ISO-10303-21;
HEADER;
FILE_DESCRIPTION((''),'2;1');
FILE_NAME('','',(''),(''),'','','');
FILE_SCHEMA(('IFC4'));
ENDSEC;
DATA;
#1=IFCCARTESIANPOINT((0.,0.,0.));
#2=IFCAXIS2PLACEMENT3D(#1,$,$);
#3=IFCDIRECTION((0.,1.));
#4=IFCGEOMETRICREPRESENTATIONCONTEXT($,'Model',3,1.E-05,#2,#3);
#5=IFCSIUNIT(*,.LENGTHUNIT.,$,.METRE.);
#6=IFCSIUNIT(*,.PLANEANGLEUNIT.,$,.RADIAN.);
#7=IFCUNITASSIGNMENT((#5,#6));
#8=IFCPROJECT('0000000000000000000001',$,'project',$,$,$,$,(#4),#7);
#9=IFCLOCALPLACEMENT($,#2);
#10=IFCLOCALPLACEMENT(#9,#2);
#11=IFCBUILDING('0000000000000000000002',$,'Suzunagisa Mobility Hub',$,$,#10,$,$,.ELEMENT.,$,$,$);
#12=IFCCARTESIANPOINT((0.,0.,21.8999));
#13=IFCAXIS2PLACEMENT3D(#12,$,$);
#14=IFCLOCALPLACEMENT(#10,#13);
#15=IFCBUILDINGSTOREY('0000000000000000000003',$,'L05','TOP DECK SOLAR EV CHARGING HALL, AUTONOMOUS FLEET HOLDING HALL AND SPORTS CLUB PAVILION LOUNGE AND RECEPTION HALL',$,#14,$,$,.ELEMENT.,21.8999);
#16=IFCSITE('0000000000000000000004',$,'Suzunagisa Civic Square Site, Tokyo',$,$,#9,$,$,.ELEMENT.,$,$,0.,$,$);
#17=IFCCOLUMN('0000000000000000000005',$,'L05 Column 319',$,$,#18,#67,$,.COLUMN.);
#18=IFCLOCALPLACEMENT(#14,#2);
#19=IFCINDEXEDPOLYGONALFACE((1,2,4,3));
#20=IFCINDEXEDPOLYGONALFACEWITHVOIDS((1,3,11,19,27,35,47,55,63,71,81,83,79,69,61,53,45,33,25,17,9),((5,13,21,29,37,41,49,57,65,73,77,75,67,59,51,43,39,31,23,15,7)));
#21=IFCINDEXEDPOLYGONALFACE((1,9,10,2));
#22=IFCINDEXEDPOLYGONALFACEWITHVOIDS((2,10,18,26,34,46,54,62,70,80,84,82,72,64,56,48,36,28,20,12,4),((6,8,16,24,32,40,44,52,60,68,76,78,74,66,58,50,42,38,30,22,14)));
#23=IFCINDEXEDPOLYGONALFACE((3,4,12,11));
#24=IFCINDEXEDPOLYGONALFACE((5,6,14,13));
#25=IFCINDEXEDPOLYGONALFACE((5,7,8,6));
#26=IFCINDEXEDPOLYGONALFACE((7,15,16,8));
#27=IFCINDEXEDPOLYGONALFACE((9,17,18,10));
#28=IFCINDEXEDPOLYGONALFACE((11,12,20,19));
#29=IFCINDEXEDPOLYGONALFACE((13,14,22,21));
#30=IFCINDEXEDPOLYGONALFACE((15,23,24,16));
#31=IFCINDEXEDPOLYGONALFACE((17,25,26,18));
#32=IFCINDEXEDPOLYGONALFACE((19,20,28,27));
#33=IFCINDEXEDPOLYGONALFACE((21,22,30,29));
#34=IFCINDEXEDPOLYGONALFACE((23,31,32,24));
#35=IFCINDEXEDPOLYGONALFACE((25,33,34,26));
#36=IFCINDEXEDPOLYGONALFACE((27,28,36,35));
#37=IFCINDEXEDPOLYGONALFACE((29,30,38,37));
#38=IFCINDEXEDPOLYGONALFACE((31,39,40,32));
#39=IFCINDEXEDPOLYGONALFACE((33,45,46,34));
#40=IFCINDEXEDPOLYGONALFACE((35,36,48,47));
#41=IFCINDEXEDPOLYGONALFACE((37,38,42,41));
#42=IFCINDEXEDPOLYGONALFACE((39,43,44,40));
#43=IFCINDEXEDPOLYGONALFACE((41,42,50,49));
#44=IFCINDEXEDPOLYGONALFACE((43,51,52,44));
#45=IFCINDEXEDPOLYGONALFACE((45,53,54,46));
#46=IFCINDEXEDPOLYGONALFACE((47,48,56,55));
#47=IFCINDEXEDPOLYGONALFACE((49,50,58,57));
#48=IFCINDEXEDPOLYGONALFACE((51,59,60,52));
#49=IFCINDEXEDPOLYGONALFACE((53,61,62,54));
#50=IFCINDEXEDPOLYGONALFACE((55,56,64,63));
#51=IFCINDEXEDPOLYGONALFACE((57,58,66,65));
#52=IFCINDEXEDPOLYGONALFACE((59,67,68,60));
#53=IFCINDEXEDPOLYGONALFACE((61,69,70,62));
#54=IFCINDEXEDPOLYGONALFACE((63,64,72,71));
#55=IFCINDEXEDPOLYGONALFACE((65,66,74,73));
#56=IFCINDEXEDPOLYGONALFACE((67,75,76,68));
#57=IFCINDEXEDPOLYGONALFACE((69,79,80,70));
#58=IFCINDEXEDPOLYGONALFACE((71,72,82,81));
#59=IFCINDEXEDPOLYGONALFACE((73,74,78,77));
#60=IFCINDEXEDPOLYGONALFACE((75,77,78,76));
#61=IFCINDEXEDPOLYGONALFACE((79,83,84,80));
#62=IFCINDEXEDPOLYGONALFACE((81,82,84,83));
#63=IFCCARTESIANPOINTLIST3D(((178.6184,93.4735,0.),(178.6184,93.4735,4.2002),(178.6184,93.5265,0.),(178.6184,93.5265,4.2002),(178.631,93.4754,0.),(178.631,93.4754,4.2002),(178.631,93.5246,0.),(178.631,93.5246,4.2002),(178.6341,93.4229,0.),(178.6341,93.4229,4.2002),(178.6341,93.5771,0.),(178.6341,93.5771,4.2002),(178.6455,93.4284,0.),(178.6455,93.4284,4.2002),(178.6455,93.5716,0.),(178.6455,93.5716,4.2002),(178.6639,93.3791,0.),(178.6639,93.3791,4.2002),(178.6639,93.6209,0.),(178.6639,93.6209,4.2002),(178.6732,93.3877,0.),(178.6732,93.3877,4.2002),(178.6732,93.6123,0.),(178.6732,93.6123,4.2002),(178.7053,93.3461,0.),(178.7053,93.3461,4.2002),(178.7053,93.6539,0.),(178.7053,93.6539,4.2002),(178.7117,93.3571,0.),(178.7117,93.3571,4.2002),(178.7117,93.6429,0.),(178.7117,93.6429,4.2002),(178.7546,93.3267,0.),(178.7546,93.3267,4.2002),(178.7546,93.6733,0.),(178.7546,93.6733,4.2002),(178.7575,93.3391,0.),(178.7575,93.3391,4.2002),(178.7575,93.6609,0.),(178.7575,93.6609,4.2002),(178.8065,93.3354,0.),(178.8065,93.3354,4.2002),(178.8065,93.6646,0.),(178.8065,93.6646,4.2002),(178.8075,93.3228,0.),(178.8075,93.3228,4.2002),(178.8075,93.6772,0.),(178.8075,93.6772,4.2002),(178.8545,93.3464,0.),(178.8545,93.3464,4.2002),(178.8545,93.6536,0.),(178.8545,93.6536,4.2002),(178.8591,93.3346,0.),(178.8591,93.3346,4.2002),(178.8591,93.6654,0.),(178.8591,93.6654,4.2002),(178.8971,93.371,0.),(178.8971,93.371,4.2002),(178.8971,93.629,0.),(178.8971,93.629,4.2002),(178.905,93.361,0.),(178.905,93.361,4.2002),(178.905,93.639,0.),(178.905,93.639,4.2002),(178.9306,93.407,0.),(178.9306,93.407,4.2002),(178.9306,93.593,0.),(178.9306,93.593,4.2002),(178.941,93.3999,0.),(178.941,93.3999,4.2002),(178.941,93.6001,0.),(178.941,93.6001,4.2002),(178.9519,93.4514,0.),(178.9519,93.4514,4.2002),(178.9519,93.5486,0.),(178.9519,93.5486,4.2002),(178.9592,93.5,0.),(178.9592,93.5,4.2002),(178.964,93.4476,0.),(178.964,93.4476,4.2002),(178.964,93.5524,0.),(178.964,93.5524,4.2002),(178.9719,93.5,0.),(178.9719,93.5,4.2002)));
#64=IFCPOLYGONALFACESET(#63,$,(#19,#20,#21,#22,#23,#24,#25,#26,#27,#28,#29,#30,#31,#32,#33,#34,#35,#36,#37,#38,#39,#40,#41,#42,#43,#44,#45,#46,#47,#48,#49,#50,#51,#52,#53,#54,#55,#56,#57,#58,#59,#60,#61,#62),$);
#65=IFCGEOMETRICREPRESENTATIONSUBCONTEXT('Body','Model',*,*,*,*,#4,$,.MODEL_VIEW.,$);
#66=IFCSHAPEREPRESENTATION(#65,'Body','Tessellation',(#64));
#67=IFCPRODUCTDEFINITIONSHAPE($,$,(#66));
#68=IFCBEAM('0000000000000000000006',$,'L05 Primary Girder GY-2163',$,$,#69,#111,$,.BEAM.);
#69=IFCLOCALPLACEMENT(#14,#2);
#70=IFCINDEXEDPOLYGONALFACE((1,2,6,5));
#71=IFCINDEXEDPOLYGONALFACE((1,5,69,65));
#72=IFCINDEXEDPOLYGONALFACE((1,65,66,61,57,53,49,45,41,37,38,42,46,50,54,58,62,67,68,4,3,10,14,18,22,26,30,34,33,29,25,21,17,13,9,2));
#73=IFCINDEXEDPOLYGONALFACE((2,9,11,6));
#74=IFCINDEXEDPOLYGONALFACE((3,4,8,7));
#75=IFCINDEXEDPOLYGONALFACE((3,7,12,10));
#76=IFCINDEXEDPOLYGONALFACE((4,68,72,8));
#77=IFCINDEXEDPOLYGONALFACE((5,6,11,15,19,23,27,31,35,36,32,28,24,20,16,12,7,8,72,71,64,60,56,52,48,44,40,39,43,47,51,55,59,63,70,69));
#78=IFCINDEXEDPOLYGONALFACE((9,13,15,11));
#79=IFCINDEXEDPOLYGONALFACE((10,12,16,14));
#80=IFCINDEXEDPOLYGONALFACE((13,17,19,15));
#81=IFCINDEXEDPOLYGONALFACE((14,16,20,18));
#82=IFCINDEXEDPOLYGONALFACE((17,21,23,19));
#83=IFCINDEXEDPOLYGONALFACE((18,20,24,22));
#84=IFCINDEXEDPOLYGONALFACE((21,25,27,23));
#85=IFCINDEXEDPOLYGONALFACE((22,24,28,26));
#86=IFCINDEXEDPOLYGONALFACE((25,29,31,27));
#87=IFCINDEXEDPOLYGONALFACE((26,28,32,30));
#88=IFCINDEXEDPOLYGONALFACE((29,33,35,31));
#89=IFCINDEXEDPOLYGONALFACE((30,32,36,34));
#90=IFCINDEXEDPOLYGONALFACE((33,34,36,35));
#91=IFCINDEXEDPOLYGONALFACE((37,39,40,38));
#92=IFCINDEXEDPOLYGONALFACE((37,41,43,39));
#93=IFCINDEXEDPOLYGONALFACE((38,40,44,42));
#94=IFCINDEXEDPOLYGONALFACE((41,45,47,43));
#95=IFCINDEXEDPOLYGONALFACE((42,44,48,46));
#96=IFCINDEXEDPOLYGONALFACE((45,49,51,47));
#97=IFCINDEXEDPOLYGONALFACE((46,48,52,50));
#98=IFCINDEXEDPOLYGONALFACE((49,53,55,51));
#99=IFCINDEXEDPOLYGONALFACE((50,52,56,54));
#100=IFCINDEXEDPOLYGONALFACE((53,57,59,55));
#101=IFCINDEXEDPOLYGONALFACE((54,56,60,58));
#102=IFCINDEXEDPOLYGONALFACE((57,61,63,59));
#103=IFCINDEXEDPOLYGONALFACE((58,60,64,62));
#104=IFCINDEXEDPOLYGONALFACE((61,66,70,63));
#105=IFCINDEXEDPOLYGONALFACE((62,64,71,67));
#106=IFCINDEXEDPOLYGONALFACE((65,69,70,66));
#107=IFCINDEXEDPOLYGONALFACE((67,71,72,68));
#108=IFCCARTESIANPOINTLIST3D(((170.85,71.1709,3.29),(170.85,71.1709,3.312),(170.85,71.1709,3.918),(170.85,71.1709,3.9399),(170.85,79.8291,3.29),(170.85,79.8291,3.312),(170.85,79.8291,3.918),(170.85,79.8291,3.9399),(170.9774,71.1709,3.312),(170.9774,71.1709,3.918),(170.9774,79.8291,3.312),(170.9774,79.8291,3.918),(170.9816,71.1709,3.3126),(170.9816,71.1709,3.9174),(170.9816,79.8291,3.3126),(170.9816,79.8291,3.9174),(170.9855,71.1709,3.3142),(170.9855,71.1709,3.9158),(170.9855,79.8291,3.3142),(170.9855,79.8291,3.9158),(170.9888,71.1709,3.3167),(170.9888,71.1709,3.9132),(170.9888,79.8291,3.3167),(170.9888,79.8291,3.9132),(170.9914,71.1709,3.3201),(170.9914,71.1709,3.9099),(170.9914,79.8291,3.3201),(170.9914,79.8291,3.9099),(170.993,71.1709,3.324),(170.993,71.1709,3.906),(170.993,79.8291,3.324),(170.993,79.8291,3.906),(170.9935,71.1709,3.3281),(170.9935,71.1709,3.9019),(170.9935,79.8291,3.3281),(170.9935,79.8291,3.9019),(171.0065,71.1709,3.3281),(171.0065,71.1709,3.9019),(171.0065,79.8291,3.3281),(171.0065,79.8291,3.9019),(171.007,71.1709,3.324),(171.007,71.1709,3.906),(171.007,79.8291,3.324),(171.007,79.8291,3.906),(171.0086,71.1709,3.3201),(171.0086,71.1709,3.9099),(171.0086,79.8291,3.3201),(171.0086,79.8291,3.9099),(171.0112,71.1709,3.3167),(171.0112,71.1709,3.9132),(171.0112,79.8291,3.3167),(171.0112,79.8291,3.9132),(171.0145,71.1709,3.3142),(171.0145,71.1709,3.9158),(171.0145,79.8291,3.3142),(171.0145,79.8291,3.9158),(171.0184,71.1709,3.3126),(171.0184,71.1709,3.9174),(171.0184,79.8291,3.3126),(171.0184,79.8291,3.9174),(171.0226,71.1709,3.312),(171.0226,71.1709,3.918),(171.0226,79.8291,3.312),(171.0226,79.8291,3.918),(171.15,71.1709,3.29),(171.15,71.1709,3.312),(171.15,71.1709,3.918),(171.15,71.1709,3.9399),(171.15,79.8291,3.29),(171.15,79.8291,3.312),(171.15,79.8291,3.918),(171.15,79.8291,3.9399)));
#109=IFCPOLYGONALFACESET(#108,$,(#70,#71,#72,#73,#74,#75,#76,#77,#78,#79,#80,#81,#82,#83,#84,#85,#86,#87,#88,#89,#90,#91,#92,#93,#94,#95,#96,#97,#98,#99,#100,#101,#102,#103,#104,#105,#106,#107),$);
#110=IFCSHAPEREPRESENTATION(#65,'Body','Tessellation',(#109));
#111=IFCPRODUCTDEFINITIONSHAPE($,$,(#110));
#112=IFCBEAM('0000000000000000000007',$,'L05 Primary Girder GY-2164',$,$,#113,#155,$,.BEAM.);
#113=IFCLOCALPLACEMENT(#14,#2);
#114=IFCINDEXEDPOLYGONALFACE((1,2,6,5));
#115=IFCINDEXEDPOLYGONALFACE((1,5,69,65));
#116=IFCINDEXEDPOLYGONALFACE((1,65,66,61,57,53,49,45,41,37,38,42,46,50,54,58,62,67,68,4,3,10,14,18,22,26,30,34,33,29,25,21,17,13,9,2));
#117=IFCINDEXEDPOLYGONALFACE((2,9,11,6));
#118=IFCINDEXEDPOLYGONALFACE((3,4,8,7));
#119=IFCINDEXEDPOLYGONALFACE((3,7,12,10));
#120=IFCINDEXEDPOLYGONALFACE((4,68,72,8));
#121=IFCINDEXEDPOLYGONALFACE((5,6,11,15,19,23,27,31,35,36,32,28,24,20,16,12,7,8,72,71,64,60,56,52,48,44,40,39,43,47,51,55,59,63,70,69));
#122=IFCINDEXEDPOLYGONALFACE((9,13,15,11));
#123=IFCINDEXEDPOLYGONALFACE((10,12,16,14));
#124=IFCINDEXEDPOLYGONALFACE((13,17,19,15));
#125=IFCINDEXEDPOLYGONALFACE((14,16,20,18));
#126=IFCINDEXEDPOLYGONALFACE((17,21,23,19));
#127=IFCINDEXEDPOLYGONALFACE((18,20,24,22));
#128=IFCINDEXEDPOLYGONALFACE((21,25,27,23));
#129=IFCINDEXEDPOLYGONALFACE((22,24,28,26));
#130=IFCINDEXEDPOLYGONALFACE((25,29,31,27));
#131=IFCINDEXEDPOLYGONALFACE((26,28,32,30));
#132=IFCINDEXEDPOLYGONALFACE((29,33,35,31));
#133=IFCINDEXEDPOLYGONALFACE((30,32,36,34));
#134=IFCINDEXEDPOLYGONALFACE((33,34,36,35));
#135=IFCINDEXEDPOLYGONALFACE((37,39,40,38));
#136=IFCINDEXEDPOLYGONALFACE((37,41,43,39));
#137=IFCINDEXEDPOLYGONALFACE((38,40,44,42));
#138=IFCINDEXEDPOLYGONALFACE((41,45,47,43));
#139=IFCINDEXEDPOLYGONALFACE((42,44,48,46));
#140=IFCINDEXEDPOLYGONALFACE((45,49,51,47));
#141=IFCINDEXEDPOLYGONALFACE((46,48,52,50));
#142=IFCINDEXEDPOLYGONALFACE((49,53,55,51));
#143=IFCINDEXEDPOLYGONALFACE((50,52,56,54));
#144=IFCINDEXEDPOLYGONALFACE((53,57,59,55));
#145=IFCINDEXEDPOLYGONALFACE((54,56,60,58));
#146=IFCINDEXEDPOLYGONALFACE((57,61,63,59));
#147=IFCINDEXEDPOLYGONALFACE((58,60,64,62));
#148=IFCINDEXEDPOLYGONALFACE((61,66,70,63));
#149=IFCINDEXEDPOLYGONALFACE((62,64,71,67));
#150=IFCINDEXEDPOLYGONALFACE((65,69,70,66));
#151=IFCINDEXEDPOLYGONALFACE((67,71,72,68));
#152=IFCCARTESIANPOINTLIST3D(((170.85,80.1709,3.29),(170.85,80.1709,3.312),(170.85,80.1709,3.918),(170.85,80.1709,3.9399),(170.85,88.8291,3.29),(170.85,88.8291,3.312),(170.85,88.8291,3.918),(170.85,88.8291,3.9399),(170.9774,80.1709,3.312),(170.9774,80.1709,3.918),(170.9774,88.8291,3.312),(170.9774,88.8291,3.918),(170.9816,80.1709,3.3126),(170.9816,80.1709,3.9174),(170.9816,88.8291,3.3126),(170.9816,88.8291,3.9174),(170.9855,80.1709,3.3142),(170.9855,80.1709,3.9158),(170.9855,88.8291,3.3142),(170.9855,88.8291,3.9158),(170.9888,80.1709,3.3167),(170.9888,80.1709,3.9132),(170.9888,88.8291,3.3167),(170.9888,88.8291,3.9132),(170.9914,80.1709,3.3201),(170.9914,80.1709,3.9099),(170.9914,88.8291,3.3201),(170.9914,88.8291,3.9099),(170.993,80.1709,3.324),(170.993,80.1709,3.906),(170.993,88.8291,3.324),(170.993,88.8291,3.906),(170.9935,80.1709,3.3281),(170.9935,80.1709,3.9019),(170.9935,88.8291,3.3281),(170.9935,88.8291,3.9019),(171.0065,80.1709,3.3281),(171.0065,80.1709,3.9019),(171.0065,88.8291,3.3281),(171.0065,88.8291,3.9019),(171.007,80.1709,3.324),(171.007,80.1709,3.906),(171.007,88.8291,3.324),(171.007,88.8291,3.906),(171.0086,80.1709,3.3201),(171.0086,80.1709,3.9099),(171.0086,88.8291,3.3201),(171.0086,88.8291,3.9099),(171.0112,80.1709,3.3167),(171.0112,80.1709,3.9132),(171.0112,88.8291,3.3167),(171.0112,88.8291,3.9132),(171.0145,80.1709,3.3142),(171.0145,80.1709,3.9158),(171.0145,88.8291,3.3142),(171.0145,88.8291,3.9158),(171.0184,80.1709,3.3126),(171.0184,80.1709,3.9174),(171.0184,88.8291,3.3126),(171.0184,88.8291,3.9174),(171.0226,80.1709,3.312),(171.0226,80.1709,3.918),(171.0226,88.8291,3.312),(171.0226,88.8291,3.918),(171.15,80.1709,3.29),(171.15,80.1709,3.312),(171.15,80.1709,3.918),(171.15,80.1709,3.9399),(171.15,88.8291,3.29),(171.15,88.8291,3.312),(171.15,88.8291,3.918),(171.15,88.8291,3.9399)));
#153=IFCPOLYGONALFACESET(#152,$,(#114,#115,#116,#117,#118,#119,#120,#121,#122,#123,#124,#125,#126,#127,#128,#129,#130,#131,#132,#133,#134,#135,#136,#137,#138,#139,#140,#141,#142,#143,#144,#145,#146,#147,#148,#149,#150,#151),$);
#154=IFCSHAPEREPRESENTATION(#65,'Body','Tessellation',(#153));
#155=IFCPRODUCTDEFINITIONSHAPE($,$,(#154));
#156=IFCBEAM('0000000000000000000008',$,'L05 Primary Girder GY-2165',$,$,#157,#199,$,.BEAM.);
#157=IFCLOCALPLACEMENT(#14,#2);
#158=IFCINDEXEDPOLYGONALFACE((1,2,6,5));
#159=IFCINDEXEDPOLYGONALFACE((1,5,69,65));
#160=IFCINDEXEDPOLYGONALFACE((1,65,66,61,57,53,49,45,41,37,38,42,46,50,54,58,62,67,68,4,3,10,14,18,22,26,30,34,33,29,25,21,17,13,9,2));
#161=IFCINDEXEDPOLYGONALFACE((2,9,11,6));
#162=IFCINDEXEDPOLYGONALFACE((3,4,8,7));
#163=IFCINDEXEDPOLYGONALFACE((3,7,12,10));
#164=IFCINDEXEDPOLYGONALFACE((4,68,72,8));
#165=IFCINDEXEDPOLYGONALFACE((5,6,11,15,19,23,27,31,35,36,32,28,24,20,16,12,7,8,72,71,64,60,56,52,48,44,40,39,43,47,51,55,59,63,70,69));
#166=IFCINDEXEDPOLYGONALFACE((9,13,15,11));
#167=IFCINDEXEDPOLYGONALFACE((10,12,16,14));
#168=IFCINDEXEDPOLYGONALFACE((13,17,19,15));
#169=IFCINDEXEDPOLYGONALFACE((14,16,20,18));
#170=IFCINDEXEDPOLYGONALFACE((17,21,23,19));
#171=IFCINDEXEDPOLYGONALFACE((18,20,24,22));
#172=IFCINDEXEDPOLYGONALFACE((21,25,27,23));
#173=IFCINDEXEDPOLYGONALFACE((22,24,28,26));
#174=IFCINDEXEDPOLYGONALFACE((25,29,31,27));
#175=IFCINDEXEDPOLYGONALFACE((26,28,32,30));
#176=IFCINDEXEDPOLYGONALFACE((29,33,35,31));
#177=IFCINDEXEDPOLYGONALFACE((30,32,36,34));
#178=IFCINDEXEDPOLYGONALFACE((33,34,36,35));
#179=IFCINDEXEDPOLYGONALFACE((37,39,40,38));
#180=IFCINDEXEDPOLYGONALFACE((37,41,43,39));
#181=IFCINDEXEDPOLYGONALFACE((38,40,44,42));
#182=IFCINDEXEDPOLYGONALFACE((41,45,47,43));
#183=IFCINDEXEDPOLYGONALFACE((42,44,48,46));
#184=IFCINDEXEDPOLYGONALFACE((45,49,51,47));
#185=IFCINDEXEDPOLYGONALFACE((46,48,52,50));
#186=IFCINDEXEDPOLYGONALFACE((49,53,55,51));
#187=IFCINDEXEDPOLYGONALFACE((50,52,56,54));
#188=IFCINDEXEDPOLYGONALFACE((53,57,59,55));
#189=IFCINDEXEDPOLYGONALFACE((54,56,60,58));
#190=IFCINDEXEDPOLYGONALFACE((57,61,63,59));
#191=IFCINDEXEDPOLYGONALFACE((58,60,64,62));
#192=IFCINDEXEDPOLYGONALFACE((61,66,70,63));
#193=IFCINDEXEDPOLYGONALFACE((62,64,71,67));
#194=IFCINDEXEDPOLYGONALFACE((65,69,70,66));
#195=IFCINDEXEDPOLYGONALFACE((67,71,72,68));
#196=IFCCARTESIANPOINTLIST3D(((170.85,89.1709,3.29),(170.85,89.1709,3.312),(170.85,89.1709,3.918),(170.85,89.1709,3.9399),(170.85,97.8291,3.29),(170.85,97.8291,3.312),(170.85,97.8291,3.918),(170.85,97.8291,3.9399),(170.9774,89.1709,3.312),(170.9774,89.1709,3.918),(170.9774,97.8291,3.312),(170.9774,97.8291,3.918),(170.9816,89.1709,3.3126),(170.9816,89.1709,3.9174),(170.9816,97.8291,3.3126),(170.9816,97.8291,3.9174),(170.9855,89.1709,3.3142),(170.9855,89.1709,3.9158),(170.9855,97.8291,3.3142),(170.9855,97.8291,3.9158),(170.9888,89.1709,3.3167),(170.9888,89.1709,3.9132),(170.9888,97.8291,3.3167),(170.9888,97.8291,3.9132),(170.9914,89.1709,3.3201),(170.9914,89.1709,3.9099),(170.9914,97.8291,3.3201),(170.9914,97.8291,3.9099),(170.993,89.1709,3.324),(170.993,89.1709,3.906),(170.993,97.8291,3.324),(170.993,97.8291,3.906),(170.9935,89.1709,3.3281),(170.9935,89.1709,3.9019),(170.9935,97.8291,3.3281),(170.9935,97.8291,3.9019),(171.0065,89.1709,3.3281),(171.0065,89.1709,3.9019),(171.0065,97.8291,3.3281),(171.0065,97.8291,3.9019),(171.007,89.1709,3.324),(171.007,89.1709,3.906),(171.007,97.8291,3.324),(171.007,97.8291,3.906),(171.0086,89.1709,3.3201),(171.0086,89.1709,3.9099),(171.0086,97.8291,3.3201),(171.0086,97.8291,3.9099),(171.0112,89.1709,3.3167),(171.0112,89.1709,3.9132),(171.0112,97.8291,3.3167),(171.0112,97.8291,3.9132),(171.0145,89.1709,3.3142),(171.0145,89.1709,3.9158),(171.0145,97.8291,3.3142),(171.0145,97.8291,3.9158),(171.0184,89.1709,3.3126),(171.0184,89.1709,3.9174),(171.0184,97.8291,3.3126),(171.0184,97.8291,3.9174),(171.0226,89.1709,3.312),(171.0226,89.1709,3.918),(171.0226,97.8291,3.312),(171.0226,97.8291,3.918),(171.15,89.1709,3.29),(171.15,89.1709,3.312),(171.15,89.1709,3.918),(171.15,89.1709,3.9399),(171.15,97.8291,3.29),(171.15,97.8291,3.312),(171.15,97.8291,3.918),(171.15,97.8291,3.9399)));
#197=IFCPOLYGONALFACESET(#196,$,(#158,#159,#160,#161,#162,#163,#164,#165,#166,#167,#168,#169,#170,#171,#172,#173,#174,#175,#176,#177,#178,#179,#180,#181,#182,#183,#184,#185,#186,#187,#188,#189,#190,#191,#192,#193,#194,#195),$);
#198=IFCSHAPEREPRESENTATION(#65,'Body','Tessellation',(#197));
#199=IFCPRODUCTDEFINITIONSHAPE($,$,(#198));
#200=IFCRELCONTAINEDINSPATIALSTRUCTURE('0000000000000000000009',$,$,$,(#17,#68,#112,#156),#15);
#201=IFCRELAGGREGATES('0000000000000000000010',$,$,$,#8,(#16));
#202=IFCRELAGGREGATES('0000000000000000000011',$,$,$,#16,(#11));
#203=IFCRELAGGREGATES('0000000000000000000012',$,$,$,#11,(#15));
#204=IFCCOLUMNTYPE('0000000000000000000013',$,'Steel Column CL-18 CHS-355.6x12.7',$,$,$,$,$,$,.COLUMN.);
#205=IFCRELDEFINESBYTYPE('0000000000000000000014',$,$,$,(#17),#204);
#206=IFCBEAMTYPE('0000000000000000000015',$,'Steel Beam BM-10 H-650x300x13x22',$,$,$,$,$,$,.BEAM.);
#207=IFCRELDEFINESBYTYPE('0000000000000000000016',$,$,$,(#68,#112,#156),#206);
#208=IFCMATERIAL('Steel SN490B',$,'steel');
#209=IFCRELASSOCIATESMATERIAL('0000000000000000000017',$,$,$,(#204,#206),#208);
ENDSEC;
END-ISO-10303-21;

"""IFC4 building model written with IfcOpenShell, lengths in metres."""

from ifc_helpers import new_model, si_unit, direction, frame, origin, origin_2d, place, context, subcontext, project, spatial, hollow_circle, i_section, extrude, material, material_profile, profile_set, type_object, element, save


model = new_model("IFC4")

# Units and contexts
model_context = context("Model", 3, precision=1e-05, world=origin(), true_north=direction((0.0, 1.0)))
body_context = subcontext(model_context, "Body", "Model", "MODEL_VIEW")
ifc_project = project(units=[si_unit("LENGTHUNIT", "METRE"), si_unit("PLANEANGLEUNIT", "RADIAN")], contexts=[model_context])

# Site, building, storey
site_placement = place(None, origin())
site = spatial("IfcSite", under=ifc_project, at=site_placement, Name="Suzunagisa Civic Square Site, Tokyo", CompositionType="ELEMENT", RefElevation=0.0)
building_placement = place(site_placement, origin())
building = spatial("IfcBuilding", under=site, at=building_placement, Name="Suzunagisa Mobility Hub", CompositionType="ELEMENT")
storey_placement = place(building_placement, frame((0.0, 0.0, 21.8999)))
storey = spatial("IfcBuildingStorey", under=building, at=storey_placement, Name="L05", Description="TOP DECK SOLAR EV CHARGING HALL, AUTONOMOUS FLEET HOLDING HALL AND SPORTS CLUB PAVILION LOUNGE AND RECEPTION HALL", CompositionType="ELEMENT", Elevation=21.8999)

# Column
ifc_material_1 = material(Name="Steel SN490B", Category="steel")
ifc_material_profile_1 = material_profile(ifc_material_1, hollow_circle(Radius=0.1777, WallThickness=0.0127, at=origin_2d()), Name="CHS-355.6x12.7")
ifc_profile_set_1 = profile_set([ifc_material_profile_1], Name="Steel SN490B")
column_type_1 = type_object("IfcColumnType", Name="Steel Column CL-18 CHS-355.6x12.7", PredefinedType="COLUMN", material=ifc_profile_set_1)
for number, where, z_axis, x_axis, name in (
    (1, (178.7942, 93.5, 0.0), (0.0, 0.0, 1.0), (1.0, 0.0, 0.0), "L05 Column 319"),
):
    element("IfcColumn", number, at=place(storey_placement, frame(where, z_axis=z_axis, x_axis=x_axis)), inside=storey, type_object=column_type_1, Name=name, PredefinedType="COLUMN", context=body_context, shape_type="SweptSolid", body=[
        extrude(hollow_circle(Radius=0.1777, WallThickness=0.0127, at=origin_2d()), origin(), (0.0, 0.0, 1.0), 4.2002),
    ])

# Beams
ifc_material_profile_2 = material_profile(ifc_material_1, i_section(OverallWidth=0.3, OverallDepth=0.6499, WebThickness=0.0129, FlangeThickness=0.022, FilletRadius=0.0161, at=origin_2d()), Name="H-650x300x13x22")
ifc_profile_set_2 = profile_set([ifc_material_profile_2], Name="Steel SN490B")
beam_type_1 = type_object("IfcBeamType", Name="Steel Beam BM-10 H-650x300x13x22", PredefinedType="BEAM", material=ifc_profile_set_2)
for number, where, z_axis, x_axis, name in (
    (2, (171.0, 71.1709, 3.615), (0.0, 1.0, 0.0), (-1.0, 0.0, 0.0), "L05 Primary Girder GY-2163"),
    (3, (171.0, 80.1709, 3.615), (0.0, 1.0, 0.0), (-1.0, 0.0, 0.0), "L05 Primary Girder GY-2164"),
    (4, (171.0, 89.1709, 3.615), (0.0, 1.0, 0.0), (-1.0, 0.0, 0.0), "L05 Primary Girder GY-2165"),
):
    element("IfcBeam", number, at=place(storey_placement, frame(where, z_axis=z_axis, x_axis=x_axis)), inside=storey, type_object=beam_type_1, Name=name, PredefinedType="BEAM", context=body_context, shape_type="SweptSolid", body=[
        extrude(i_section(OverallWidth=0.3, OverallDepth=0.6499, WebThickness=0.0129, FlangeThickness=0.022, FilletRadius=0.0161, at=origin_2d()), origin(), (0.0, 0.0, 1.0), 8.6582),
    ])

save(model, "model.ifc")
